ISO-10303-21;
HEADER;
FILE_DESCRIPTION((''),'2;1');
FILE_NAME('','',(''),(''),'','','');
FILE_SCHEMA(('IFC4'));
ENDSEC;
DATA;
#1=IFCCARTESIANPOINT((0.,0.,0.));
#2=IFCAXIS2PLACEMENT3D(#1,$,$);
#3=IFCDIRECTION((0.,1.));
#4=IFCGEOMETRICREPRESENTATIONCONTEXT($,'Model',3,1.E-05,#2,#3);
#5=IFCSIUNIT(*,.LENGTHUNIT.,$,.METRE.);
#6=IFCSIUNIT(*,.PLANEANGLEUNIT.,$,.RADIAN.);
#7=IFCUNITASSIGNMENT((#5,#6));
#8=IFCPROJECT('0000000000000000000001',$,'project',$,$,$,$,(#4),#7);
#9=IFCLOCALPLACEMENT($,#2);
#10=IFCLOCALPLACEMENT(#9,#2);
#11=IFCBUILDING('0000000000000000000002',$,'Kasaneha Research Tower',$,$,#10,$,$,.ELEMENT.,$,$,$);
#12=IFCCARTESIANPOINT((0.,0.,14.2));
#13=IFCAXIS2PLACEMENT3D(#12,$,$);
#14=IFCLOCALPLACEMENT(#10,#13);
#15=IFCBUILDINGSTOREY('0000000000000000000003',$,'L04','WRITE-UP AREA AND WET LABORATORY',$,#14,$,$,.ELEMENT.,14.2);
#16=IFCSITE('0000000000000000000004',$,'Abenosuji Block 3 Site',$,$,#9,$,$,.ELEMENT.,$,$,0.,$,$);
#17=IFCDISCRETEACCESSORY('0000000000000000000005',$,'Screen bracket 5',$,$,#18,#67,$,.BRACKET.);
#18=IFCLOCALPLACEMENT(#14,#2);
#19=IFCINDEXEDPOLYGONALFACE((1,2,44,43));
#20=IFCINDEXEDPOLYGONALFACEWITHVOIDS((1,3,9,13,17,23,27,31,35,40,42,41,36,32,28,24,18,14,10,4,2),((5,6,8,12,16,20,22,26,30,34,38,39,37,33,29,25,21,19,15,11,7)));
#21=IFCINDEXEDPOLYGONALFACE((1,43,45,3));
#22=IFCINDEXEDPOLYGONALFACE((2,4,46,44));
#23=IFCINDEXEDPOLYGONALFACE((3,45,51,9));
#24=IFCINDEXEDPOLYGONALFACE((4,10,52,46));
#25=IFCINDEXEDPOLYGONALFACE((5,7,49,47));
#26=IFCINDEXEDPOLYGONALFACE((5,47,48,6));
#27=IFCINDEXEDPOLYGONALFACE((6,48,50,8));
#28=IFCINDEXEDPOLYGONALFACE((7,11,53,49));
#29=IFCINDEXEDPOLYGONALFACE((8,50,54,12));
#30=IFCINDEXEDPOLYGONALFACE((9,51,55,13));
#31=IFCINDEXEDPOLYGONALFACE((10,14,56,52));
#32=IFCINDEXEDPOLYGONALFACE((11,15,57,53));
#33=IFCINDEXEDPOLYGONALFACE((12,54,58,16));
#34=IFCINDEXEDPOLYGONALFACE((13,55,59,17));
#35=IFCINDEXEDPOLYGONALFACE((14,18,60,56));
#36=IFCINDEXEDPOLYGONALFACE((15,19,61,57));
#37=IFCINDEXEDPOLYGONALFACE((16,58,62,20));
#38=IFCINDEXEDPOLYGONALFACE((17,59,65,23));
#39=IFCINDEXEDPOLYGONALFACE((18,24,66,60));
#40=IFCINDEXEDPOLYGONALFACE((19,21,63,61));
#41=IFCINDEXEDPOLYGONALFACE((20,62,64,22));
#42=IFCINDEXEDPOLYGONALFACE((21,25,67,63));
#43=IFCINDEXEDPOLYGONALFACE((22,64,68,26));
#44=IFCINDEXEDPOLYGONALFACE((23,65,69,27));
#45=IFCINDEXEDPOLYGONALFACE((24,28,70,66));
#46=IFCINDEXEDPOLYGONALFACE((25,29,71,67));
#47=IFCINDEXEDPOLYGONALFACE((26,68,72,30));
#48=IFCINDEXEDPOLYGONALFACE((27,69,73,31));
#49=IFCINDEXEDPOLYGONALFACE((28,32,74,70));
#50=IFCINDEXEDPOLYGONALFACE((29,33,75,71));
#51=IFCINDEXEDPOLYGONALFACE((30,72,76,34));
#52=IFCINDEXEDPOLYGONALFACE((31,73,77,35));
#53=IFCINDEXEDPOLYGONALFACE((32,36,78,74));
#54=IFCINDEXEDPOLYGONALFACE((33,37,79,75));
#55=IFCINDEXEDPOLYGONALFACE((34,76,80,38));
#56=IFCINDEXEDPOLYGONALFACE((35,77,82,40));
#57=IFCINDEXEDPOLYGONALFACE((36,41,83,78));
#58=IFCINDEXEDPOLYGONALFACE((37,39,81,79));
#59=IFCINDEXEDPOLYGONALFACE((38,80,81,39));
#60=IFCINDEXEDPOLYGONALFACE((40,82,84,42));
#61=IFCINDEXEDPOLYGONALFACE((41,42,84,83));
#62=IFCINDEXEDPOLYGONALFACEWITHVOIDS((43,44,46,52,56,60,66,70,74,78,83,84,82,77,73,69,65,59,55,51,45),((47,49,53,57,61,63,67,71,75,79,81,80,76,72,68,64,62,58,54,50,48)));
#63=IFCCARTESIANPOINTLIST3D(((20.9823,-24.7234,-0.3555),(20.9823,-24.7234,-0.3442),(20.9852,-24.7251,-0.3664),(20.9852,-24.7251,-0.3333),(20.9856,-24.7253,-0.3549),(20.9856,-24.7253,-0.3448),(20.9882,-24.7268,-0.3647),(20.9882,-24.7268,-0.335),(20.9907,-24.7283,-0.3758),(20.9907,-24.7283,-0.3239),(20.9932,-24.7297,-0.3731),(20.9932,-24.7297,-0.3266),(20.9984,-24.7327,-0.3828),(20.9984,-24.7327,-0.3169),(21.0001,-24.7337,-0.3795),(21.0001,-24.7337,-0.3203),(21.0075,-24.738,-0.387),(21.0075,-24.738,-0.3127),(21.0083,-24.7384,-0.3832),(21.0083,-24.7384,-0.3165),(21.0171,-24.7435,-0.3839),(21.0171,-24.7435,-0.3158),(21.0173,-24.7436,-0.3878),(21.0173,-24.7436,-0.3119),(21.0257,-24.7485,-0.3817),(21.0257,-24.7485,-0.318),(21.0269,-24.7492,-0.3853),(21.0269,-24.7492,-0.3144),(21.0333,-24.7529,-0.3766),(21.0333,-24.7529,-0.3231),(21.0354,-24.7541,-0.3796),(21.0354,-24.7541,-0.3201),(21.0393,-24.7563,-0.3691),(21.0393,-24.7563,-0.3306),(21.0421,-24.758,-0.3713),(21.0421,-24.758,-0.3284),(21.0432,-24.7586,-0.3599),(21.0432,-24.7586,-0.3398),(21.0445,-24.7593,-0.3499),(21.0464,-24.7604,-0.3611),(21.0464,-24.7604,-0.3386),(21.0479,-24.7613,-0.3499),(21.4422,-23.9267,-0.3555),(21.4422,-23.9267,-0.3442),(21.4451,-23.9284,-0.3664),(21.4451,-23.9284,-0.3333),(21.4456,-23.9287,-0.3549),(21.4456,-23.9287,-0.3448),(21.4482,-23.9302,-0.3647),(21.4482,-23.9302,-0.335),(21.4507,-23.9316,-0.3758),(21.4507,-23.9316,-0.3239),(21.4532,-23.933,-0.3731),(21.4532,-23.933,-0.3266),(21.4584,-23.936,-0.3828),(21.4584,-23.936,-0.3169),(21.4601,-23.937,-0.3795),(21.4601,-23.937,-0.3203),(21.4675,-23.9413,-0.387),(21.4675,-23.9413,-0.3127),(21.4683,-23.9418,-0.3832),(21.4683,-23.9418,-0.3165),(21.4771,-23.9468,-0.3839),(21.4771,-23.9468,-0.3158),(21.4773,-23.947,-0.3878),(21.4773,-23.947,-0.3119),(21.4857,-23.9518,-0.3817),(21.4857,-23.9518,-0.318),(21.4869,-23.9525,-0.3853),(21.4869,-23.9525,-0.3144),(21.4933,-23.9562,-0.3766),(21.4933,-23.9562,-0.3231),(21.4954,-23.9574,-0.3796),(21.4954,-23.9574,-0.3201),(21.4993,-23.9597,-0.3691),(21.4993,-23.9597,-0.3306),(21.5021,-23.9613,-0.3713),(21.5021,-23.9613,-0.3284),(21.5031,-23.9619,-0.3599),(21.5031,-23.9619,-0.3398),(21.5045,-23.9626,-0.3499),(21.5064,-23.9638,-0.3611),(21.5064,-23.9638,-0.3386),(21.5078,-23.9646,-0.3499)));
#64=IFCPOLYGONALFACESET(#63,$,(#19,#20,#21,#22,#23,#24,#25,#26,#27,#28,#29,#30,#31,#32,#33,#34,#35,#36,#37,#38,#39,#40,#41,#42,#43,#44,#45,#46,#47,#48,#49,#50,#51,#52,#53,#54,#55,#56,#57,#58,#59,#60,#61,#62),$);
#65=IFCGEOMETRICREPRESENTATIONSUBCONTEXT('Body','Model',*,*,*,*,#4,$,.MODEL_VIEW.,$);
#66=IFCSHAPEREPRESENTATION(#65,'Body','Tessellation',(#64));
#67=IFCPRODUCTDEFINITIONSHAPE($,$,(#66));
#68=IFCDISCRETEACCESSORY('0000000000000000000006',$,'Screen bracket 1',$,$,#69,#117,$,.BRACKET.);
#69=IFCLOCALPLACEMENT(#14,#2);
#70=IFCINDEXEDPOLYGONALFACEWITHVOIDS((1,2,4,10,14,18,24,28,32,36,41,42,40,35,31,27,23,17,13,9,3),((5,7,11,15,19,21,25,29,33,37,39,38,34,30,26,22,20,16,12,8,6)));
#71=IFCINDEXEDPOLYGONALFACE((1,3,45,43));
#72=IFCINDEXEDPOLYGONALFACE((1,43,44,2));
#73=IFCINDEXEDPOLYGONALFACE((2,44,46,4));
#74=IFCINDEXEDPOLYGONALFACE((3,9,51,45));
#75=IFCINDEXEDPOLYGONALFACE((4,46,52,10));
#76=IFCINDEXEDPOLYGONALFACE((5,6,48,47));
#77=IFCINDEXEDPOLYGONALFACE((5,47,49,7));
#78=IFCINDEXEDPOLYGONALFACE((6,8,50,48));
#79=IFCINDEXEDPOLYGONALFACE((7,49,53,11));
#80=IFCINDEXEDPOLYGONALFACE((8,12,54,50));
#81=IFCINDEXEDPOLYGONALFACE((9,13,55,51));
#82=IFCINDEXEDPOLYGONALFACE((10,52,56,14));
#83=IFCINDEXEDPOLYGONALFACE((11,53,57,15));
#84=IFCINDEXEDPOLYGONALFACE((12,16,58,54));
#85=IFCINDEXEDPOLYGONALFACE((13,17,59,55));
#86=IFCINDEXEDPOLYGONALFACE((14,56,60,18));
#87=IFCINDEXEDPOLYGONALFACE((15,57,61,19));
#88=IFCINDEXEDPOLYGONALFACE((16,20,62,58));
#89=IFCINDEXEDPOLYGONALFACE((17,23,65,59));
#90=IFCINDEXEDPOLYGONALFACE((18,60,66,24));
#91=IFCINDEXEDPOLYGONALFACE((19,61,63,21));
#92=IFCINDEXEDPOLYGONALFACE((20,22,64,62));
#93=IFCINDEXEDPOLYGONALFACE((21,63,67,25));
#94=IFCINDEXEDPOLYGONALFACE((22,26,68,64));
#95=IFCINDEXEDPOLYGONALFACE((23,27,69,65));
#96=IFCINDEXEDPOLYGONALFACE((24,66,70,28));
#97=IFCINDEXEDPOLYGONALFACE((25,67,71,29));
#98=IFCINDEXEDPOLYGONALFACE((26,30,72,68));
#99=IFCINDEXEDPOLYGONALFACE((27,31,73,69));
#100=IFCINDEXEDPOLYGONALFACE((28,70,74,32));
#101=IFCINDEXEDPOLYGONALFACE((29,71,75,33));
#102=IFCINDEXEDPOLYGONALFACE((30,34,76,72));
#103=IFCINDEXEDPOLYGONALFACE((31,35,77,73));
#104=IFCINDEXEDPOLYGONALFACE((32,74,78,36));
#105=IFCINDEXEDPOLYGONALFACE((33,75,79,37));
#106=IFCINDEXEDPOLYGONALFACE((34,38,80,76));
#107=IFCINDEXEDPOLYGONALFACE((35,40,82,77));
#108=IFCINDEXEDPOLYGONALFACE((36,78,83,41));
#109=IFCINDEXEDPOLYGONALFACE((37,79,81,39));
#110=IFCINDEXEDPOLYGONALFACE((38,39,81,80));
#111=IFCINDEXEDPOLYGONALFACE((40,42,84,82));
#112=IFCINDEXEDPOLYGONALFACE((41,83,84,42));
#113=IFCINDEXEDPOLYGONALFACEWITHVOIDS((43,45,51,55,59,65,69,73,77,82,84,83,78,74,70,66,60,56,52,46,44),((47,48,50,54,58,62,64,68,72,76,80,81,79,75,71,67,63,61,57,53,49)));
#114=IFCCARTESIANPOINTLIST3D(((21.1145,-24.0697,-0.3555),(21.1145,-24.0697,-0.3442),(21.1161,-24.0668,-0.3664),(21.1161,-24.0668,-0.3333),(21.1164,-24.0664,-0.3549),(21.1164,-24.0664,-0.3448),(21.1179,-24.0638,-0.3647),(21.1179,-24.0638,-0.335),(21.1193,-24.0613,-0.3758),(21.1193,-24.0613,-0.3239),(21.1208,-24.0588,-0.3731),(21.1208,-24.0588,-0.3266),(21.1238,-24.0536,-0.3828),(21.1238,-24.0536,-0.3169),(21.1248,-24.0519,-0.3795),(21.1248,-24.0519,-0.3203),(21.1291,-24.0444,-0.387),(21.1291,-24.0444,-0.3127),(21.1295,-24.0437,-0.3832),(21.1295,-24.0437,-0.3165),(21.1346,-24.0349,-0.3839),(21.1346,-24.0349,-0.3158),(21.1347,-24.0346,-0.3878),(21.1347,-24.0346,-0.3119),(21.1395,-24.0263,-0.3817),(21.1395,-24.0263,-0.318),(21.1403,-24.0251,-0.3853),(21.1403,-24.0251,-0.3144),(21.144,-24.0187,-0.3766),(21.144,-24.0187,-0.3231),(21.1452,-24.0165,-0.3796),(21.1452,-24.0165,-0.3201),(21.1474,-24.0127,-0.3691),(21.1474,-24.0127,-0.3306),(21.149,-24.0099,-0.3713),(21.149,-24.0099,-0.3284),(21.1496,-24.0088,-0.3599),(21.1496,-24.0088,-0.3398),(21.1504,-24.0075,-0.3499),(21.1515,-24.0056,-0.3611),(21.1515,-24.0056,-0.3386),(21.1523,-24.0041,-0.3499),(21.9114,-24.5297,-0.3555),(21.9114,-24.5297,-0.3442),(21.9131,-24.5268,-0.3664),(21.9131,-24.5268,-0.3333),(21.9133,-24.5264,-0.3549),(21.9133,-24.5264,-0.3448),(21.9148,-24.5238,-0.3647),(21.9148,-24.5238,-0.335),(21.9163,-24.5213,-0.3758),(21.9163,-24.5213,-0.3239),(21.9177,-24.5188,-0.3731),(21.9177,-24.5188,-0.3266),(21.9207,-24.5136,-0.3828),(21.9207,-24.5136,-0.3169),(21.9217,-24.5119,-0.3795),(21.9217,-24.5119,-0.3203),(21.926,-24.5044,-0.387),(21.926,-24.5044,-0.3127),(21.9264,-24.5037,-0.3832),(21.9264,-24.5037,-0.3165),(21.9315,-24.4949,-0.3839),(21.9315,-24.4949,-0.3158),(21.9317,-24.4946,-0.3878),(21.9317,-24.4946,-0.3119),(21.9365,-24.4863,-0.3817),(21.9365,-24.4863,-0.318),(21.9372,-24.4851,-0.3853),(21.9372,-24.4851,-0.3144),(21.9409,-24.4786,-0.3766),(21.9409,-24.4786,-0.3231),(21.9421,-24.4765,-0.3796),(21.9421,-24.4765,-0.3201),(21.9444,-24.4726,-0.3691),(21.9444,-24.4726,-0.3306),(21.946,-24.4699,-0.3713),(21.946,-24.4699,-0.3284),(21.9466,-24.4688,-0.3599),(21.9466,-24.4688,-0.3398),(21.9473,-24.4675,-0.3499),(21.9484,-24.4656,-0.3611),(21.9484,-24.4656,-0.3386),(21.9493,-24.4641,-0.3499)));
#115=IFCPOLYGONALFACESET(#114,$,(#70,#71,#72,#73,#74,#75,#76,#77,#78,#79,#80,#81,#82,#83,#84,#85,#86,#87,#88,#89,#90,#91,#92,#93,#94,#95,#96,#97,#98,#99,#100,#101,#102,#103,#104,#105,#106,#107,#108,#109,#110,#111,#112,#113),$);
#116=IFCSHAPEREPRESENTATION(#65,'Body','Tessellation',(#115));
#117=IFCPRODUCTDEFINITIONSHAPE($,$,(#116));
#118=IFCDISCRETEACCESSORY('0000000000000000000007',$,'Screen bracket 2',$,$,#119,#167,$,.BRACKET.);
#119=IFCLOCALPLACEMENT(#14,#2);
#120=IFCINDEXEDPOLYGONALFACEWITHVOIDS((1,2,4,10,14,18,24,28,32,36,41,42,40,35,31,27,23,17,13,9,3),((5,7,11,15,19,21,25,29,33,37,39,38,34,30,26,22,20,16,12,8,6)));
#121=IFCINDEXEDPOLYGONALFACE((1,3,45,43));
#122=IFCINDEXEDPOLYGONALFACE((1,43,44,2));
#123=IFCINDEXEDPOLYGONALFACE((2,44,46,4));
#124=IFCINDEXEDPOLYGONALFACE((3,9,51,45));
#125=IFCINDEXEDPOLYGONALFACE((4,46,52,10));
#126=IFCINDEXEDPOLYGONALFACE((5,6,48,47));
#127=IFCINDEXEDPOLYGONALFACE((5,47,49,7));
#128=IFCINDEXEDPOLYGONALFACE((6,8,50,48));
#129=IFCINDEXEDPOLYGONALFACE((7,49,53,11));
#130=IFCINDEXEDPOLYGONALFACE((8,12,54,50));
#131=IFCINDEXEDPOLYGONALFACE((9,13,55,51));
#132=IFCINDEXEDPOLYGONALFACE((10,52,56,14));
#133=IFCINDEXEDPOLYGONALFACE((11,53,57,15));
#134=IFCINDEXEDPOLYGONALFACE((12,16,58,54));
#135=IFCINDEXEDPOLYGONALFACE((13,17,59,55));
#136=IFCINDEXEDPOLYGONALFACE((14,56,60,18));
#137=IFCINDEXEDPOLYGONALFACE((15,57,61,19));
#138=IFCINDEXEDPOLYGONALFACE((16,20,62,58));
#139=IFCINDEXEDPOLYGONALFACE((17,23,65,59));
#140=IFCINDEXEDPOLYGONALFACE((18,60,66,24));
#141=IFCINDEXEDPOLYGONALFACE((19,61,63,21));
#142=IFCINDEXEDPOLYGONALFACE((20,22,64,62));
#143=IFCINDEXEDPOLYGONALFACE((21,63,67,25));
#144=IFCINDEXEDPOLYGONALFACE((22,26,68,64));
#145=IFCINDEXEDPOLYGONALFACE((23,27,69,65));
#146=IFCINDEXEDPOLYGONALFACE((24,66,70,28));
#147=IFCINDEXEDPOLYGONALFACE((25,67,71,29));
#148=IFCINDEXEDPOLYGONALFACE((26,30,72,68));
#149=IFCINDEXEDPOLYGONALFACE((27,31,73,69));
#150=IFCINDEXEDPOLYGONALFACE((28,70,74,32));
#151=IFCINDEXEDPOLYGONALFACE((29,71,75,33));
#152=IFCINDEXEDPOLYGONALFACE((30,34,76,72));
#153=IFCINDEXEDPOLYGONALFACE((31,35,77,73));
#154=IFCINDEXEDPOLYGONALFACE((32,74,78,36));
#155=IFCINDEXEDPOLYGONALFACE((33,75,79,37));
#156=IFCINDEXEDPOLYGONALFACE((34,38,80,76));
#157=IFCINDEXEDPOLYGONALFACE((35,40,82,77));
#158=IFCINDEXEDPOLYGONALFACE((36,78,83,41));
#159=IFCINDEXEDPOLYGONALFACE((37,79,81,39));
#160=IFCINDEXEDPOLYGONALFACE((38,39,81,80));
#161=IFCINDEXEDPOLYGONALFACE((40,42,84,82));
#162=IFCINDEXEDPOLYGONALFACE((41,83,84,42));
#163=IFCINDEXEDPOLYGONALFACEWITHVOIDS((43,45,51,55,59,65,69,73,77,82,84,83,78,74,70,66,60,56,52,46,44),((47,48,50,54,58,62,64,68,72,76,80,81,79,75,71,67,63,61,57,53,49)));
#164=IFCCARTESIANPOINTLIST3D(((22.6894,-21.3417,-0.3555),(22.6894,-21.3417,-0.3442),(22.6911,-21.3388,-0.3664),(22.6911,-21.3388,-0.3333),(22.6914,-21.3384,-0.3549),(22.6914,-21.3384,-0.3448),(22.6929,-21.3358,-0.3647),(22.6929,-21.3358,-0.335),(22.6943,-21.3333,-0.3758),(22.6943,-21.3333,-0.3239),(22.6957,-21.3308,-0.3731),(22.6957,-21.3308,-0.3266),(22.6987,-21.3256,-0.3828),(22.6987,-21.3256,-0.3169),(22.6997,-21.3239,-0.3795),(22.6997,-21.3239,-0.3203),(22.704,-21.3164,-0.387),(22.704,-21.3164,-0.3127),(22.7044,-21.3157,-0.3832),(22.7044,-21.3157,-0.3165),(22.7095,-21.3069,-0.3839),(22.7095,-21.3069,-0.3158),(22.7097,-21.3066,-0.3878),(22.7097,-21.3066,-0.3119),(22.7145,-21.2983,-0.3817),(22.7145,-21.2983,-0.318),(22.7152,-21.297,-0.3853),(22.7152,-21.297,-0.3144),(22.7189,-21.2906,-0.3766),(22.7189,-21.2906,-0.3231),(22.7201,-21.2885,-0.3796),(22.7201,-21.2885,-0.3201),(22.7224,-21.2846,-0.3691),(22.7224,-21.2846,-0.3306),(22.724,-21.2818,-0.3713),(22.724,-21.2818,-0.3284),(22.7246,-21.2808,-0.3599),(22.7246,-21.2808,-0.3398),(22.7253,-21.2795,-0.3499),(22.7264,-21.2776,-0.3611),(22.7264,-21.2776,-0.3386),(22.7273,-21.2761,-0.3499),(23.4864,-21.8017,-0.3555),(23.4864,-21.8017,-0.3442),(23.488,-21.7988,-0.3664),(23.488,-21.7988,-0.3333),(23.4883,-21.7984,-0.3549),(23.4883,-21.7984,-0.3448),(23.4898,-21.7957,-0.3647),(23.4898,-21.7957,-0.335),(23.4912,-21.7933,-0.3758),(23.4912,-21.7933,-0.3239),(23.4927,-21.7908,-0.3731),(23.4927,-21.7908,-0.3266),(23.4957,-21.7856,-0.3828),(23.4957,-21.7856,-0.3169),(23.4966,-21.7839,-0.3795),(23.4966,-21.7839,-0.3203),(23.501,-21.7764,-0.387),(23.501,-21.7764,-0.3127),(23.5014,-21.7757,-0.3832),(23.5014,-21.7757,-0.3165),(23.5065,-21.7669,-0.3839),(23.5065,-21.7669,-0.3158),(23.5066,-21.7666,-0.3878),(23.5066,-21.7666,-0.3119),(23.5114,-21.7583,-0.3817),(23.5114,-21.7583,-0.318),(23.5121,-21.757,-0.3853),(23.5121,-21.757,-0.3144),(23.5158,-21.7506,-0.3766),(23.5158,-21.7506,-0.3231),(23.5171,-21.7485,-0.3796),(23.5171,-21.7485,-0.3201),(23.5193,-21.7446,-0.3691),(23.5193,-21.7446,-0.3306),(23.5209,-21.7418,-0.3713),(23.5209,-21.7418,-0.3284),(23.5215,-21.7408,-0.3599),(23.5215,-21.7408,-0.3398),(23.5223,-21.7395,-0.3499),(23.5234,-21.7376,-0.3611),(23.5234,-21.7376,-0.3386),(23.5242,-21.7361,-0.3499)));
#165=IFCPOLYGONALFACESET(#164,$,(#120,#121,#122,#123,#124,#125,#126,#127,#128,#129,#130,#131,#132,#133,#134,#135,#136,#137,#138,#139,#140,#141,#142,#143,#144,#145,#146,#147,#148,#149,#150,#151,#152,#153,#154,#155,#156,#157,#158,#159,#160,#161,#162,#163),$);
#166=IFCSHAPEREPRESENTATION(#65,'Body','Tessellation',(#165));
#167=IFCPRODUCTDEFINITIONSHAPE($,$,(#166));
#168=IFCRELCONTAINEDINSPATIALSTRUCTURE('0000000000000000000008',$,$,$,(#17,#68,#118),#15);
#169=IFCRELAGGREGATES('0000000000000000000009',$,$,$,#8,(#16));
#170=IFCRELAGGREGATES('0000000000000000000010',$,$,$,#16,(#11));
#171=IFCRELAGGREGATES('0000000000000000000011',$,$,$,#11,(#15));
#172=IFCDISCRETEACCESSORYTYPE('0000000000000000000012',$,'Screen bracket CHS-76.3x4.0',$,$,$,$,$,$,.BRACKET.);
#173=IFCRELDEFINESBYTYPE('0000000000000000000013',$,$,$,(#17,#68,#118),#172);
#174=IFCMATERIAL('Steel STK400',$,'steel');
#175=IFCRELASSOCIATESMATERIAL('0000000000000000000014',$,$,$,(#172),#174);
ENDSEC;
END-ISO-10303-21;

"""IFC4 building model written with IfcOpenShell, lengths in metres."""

from ifc_helpers import new_model, si_unit, direction, frame, origin, origin_2d, place, context, subcontext, project, spatial, hollow_circle, extrude, material, material_profile, profile_set, type_object, element, save


model = new_model("IFC4")

# Units and contexts
model_context = context("Model", 3, precision=1e-05, world=origin(), true_north=direction((0.0, 1.0)))
body_context = subcontext(model_context, "Body", "Model", "MODEL_VIEW")
ifc_project = project(units=[si_unit("LENGTHUNIT", "METRE"), si_unit("PLANEANGLEUNIT", "RADIAN")], contexts=[model_context])

# Site, building, storey
site_placement = place(None, origin())
site = spatial("IfcSite", under=ifc_project, at=site_placement, Name="Abenosuji Block 3 Site", CompositionType="ELEMENT", RefElevation=0.0)
building_placement = place(site_placement, origin())
building = spatial("IfcBuilding", under=site, at=building_placement, Name="Kasaneha Research Tower", CompositionType="ELEMENT")
storey_placement = place(building_placement, frame((0.0, 0.0, 14.2)))
storey = spatial("IfcBuildingStorey", under=building, at=storey_placement, Name="L04", Description="WRITE-UP AREA AND WET LABORATORY", CompositionType="ELEMENT", Elevation=14.2)

# Discrete accessories
ifc_material_1 = material(Name="Steel STK400", Category="steel")
ifc_material_profile_1 = material_profile(ifc_material_1, hollow_circle(Radius=0.0381, WallThickness=0.0039, at=origin_2d()), Name="CHS-76.3x4.0")
ifc_profile_set_1 = profile_set([ifc_material_profile_1], Name="Steel STK400")
discrete_accessory_type = type_object("IfcDiscreteAccessoryType", Name="Screen bracket CHS-76.3x4.0", PredefinedType="BRACKET", material=ifc_profile_set_1)
discrete_accessory_1_placement = place(storey_placement, frame((21.4749, -23.9456, -0.3499), z_axis=(-0.500021, -0.866013, 0.0), x_axis=(0.866013, -0.500021, 0.0)))
element("IfcDiscreteAccessory", 1, at=discrete_accessory_1_placement, inside=storey, type_object=discrete_accessory_type, Name="Screen bracket 5", PredefinedType="BRACKET", context=body_context, shape_type="SweptSolid", body=[
    extrude(hollow_circle(Radius=0.0381, WallThickness=0.0039, at=origin_2d()), origin(), (0.0, 0.0, 1.0), 0.9199),
])
for number, where, z_axis, x_axis, name in (
    (2, (21.1333, -24.0371, -0.3499), (0.86608, -0.499906, 0.0), (0.499906, 0.86608, 0.0), "Screen bracket 1"),
    (3, (22.7083, -21.3091, -0.3499), (0.86608, -0.499906, 0.0), (0.499906, 0.86608, 0.0), "Screen bracket 2"),
):
    element("IfcDiscreteAccessory", number, at=place(storey_placement, frame(where, z_axis=z_axis, x_axis=x_axis)), inside=storey, type_object=discrete_accessory_type, Name=name, PredefinedType="BRACKET", context=body_context, shape_type="SweptSolid", body=[
        extrude(hollow_circle(Radius=0.0381, WallThickness=0.0039, at=origin_2d()), origin(), (0.0, 0.0, 1.0), 0.9202),
    ])

save(model, "model.ifc")
